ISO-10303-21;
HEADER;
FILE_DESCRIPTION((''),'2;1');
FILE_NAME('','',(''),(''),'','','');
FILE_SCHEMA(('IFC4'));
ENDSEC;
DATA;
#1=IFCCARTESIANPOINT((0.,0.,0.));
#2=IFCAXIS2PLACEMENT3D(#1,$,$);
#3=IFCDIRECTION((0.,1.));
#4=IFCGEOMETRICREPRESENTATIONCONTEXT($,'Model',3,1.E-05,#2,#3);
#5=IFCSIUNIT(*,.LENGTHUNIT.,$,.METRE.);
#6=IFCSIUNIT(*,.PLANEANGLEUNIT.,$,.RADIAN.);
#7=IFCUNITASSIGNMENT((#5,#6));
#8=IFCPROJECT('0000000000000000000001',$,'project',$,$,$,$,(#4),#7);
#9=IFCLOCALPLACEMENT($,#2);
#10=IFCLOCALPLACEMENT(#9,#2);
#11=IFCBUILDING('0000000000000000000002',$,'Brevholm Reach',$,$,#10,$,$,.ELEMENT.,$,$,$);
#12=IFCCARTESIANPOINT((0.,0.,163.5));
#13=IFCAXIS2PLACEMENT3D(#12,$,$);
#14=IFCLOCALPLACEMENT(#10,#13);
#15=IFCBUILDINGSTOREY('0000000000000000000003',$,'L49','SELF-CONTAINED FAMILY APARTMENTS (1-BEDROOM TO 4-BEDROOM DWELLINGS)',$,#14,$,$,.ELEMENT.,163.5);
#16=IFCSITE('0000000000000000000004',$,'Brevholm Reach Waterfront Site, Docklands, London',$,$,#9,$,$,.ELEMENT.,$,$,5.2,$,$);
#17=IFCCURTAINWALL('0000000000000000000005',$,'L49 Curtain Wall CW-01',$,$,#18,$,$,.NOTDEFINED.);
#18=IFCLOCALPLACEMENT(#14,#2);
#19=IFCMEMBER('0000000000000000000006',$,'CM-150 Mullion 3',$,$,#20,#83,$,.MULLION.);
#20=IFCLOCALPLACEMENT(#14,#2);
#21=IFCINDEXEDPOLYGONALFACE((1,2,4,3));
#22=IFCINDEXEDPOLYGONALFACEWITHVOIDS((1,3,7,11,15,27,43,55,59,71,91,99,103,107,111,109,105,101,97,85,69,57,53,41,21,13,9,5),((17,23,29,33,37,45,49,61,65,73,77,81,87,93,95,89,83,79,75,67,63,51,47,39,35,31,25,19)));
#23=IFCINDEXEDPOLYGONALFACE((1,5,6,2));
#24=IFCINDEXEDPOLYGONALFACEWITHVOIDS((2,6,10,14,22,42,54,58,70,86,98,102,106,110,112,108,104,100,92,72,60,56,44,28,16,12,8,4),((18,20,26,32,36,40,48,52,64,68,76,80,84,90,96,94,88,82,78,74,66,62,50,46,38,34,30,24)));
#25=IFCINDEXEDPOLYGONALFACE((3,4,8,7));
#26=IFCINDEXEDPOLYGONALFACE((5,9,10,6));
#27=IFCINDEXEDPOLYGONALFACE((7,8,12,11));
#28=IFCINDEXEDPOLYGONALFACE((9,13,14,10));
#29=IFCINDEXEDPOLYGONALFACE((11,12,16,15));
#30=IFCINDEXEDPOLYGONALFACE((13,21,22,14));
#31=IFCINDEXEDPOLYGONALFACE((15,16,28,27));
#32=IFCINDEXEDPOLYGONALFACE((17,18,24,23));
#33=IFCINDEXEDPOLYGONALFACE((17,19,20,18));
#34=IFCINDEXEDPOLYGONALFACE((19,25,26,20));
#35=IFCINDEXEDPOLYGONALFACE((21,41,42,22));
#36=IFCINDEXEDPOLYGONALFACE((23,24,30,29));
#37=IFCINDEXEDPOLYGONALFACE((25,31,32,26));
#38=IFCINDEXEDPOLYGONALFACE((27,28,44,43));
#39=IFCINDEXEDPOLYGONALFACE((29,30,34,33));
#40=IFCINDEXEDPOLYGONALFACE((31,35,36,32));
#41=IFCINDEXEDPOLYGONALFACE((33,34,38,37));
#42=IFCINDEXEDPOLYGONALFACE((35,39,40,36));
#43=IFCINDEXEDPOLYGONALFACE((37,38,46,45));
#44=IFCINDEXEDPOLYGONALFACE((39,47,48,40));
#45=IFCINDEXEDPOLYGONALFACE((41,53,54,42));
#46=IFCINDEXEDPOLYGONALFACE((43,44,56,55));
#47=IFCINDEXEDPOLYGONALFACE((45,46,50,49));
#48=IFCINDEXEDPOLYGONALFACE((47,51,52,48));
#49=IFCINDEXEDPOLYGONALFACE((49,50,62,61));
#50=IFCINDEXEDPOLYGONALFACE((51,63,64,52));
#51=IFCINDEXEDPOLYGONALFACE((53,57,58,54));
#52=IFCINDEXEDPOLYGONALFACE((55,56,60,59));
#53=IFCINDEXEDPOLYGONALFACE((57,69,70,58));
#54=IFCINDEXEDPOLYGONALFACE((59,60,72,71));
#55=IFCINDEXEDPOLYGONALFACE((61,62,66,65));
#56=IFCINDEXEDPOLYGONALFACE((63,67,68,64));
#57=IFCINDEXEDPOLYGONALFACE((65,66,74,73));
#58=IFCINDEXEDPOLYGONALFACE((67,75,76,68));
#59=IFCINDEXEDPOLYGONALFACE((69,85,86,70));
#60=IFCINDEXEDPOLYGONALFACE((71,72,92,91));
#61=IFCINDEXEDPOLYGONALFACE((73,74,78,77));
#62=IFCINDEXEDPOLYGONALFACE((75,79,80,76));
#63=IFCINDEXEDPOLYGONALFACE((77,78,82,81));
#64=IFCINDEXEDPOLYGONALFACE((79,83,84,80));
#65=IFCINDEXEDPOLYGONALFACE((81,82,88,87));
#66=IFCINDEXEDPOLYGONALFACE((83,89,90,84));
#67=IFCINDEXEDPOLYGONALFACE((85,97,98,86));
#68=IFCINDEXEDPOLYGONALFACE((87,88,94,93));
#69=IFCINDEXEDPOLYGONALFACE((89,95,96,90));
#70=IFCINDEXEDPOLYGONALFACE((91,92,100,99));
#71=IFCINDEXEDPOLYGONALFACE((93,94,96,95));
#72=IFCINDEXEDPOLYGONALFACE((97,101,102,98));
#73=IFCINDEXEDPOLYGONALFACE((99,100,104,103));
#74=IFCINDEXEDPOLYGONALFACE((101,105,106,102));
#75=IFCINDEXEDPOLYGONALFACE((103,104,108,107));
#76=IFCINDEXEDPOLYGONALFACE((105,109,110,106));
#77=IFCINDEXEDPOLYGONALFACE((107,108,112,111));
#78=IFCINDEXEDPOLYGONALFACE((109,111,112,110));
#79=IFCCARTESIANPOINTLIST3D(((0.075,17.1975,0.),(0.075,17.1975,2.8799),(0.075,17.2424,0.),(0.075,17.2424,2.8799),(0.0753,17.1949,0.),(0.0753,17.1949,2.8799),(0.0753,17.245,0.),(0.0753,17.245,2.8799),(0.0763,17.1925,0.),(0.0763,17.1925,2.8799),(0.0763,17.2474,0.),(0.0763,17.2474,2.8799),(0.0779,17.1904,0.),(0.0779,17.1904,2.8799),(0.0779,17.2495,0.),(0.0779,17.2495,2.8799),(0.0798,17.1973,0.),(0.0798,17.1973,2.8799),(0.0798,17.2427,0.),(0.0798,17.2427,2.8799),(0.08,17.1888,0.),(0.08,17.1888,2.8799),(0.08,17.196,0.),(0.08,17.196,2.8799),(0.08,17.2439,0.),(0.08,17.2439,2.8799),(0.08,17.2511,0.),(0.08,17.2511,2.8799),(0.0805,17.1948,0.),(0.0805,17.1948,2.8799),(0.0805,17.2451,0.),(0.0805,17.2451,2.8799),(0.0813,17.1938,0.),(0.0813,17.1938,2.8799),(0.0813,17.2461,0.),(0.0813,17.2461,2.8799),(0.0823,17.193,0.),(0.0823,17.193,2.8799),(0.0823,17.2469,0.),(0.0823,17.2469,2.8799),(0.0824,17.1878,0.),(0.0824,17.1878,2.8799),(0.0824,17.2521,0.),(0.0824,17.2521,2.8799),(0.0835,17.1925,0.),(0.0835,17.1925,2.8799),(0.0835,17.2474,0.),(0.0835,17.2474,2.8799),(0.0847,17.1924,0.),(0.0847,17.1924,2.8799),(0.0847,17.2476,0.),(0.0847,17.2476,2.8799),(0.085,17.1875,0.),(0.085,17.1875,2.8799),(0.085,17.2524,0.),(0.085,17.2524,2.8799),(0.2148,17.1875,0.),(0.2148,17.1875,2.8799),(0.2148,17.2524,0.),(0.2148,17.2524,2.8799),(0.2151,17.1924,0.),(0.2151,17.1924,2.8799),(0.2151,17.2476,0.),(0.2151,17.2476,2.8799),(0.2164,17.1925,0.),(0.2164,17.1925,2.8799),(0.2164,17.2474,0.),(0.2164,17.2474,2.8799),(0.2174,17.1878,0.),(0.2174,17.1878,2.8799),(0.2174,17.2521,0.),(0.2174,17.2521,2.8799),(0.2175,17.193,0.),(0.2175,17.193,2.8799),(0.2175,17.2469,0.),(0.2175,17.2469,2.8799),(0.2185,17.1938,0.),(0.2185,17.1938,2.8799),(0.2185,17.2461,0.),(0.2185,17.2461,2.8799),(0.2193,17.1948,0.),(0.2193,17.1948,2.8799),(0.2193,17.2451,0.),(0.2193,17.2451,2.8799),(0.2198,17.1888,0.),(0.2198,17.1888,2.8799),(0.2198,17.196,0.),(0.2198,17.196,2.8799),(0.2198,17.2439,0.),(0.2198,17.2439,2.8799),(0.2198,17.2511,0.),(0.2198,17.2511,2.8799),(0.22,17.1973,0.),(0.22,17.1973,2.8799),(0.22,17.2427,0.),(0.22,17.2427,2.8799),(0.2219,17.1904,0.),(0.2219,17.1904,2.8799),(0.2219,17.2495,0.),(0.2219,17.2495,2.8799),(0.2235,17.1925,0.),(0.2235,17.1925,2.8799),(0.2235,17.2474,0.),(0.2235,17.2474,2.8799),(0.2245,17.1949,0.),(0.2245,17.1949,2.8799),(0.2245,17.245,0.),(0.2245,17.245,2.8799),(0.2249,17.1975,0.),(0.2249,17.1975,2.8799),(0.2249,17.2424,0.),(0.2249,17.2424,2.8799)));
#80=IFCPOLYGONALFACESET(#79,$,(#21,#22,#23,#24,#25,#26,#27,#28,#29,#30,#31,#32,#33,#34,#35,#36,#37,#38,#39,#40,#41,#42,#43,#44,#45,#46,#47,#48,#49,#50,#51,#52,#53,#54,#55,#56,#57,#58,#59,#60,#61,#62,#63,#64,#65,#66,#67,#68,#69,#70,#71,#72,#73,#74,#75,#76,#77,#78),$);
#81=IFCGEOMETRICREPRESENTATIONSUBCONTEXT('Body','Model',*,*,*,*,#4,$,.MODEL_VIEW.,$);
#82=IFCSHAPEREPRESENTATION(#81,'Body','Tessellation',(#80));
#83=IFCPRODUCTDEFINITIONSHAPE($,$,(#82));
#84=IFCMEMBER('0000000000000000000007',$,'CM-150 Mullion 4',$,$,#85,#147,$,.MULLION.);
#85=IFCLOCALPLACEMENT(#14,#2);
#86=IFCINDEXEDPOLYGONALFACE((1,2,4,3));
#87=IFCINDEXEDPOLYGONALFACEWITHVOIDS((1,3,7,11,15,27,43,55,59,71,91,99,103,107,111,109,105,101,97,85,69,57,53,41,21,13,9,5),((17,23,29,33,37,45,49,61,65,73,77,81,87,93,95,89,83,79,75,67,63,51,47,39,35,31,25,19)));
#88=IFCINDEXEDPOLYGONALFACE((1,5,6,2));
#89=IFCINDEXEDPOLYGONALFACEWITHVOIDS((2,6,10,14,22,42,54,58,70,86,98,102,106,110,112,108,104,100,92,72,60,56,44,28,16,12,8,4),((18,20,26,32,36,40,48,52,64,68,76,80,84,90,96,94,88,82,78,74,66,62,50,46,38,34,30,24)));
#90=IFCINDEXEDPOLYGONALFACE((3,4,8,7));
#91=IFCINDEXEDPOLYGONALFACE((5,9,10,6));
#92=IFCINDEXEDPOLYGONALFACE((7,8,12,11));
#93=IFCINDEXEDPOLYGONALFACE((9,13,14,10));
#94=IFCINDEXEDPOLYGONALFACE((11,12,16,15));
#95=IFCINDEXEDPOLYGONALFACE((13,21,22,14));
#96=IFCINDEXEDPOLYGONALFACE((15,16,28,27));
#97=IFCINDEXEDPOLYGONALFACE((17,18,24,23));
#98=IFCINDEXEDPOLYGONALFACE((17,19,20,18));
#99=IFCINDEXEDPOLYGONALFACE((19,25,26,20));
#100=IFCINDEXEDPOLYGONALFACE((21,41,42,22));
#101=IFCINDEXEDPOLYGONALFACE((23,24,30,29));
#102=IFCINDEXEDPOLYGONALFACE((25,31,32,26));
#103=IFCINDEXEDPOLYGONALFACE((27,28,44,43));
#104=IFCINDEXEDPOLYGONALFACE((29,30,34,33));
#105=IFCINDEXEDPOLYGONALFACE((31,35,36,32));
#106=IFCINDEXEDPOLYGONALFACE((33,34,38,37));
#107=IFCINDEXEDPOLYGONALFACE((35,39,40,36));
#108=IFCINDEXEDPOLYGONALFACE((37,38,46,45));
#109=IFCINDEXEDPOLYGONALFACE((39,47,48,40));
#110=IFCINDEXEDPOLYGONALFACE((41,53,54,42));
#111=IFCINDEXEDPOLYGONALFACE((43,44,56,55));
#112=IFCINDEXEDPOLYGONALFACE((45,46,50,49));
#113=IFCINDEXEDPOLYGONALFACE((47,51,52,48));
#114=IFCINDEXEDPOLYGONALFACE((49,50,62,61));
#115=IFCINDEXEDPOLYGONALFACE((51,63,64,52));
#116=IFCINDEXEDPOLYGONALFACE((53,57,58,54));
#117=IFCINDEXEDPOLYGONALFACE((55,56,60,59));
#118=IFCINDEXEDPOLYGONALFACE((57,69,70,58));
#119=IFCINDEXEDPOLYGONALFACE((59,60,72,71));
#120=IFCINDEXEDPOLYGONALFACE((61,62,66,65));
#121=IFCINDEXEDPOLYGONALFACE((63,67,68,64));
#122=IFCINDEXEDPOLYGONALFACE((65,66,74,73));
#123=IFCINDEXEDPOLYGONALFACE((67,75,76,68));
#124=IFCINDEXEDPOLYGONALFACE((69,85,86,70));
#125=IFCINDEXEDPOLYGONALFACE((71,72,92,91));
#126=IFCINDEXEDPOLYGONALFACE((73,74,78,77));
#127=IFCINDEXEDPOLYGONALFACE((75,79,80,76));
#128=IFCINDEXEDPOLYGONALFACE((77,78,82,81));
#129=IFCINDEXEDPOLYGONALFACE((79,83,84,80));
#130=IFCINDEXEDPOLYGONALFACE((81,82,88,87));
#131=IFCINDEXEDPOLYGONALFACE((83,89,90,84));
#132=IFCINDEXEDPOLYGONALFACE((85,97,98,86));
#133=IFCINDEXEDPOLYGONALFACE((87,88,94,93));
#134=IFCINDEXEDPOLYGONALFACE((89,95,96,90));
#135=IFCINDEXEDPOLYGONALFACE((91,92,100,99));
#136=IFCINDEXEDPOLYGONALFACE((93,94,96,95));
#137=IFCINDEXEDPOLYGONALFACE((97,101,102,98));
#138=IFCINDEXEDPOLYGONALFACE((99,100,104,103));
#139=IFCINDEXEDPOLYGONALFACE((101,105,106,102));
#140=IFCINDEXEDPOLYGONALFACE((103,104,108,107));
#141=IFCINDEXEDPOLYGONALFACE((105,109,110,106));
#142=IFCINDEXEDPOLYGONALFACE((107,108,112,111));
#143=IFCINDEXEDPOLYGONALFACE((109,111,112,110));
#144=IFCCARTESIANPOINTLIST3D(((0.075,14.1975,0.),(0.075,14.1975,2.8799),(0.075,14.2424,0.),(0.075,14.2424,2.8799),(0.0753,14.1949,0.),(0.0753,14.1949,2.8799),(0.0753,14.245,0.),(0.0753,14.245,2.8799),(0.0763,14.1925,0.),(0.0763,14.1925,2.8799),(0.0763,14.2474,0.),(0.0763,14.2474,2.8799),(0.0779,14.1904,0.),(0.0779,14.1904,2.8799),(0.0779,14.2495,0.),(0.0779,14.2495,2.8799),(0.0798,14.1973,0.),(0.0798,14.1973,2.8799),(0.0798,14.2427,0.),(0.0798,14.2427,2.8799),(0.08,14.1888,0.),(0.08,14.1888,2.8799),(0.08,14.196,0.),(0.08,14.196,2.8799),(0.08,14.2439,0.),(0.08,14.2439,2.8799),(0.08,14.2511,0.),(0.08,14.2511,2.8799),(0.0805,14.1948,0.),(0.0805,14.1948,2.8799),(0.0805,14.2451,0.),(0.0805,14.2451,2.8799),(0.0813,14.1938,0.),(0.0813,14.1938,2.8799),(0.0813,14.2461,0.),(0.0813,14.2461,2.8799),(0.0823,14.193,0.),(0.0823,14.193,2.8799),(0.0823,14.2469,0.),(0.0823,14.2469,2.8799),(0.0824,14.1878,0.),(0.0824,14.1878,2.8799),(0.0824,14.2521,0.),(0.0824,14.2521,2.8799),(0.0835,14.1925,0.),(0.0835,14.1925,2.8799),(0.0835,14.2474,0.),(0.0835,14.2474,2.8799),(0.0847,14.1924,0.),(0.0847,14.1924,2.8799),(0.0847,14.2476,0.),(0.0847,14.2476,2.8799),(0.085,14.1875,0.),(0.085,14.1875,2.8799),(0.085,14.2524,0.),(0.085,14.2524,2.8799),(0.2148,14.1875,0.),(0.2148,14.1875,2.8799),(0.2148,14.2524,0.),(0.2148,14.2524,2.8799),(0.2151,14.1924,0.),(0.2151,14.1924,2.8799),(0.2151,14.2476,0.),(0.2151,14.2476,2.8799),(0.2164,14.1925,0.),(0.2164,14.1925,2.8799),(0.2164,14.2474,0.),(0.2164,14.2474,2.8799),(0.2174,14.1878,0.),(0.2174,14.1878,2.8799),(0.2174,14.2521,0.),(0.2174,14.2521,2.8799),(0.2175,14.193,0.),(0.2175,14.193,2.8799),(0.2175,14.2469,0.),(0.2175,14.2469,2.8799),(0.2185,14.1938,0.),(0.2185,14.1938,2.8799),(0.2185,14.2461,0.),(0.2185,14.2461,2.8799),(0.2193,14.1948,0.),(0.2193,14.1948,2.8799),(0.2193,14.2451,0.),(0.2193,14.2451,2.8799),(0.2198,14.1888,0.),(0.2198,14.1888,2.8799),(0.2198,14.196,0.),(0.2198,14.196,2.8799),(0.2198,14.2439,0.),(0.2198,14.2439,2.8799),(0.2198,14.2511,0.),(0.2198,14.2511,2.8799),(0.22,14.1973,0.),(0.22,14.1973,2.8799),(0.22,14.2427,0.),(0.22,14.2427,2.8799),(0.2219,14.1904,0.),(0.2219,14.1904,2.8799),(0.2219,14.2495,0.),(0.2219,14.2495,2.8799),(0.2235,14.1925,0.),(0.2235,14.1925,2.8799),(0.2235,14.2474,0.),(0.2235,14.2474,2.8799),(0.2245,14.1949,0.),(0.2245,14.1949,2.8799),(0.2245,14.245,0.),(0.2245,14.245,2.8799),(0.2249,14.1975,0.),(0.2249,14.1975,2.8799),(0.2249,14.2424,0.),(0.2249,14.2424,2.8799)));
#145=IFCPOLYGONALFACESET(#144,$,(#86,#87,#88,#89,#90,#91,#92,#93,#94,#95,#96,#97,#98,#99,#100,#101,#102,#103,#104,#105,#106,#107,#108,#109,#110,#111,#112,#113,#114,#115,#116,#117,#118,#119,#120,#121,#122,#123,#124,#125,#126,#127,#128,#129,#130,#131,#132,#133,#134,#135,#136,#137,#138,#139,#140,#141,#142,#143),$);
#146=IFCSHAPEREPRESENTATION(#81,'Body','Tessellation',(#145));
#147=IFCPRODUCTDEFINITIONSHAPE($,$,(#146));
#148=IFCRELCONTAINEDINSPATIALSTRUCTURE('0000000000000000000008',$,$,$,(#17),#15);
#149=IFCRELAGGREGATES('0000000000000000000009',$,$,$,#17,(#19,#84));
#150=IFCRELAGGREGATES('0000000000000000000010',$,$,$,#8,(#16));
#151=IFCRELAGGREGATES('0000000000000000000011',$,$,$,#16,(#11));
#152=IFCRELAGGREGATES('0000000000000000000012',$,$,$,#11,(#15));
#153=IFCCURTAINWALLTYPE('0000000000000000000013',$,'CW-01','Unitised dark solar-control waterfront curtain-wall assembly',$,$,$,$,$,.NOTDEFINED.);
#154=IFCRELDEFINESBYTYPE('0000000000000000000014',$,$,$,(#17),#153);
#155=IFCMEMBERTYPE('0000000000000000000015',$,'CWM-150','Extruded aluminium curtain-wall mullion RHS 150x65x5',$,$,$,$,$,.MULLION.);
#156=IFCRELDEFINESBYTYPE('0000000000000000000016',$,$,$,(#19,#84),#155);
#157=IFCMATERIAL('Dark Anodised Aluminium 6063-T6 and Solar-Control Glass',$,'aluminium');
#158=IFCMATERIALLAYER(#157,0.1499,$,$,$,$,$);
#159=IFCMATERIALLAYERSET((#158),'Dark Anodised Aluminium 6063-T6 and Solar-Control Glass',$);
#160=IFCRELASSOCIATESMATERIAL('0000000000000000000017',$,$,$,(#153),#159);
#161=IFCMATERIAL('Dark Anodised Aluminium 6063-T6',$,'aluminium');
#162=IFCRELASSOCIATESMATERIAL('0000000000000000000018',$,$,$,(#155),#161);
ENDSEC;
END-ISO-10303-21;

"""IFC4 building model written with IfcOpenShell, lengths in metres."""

from ifc_helpers import new_model, si_unit, direction, frame, origin, origin_2d, place, context, subcontext, project, spatial, hollow_rectangle, extrude, material, layer, layer_set, material_profile, profile_set, type_object, element, aggregate, save


model = new_model("IFC4")

# Units and contexts
model_context = context("Model", 3, precision=1e-05, world=origin(), true_north=direction((0.0, 1.0)))
body_context = subcontext(model_context, "Body", "Model", "MODEL_VIEW")
ifc_project = project(units=[si_unit("LENGTHUNIT", "METRE"), si_unit("PLANEANGLEUNIT", "RADIAN")], contexts=[model_context])

# Site, building, storey
site_placement = place(None, origin())
site = spatial("IfcSite", under=ifc_project, at=site_placement, Name="Brevholm Reach Waterfront Site, Docklands, London", CompositionType="ELEMENT", RefElevation=5.2)
building_placement = place(site_placement, origin())
building = spatial("IfcBuilding", under=site, at=building_placement, Name="Brevholm Reach", CompositionType="ELEMENT")
storey_placement = place(building_placement, frame((0.0, 0.0, 163.5)))
storey = spatial("IfcBuildingStorey", under=building, at=storey_placement, Name="L49", Description="SELF-CONTAINED FAMILY APARTMENTS (1-BEDROOM TO 4-BEDROOM DWELLINGS)", CompositionType="ELEMENT", Elevation=163.5)

# Curtain wall, members
ifc_material_1 = material(Name="Dark Anodised Aluminium 6063-T6 and Solar-Control Glass", Category="aluminium")
ifc_layer_1 = layer(ifc_material_1, 0.1499)
ifc_layer_set_1 = layer_set([ifc_layer_1], Name="Dark Anodised Aluminium 6063-T6 and Solar-Control Glass")
curtain_wall_type = type_object("IfcCurtainWallType", Name="CW-01", Description="Unitised dark solar-control waterfront curtain-wall assembly", PredefinedType="NOTDEFINED", material=ifc_layer_set_1)
curtain_wall_placement = place(storey_placement, origin())
curtain_wall = element("IfcCurtainWall", 1, at=curtain_wall_placement, inside=storey, type_object=curtain_wall_type, Name="L49 Curtain Wall CW-01", PredefinedType="NOTDEFINED")
ifc_material_2 = material(Name="Dark Anodised Aluminium 6063-T6", Category="aluminium")
ifc_material_profile_1 = material_profile(ifc_material_2, hollow_rectangle(XDim=0.0649, YDim=0.1499, WallThickness=0.0049, InnerFilletRadius=0.0049, OuterFilletRadius=0.01, at=origin_2d()), Name="RHS 150x65x5")
ifc_profile_set_1 = profile_set([ifc_material_profile_1], Name="Dark Anodised Aluminium 6063-T6")
member_type_1 = type_object("IfcMemberType", Name="CWM-150", Description="Extruded aluminium curtain-wall mullion RHS 150x65x5", PredefinedType="MULLION", material=ifc_profile_set_1)
member_1_placement = place(storey_placement, frame((0.1499, 17.22, 0.0), z_axis=(0.0, 0.0, 1.0), x_axis=(0.0, -1.0, 0.0)))
member_1 = element("IfcMember", 2, at=member_1_placement, type_object=member_type_1, Name="CM-150 Mullion 3", PredefinedType="MULLION", context=body_context, shape_type="SweptSolid", body=[
    extrude(hollow_rectangle(XDim=0.0649, YDim=0.1499, WallThickness=0.0049, InnerFilletRadius=0.0049, OuterFilletRadius=0.01, at=origin_2d()), origin(), (0.0, 0.0, 1.0), 2.8799),
])
member_2_placement = place(storey_placement, frame((0.1499, 14.22, 0.0), z_axis=(0.0, 0.0, 1.0), x_axis=(0.0, -1.0, 0.0)))
member_2 = element("IfcMember", 3, at=member_2_placement, type_object=member_type_1, Name="CM-150 Mullion 4", PredefinedType="MULLION", context=body_context, shape_type="SweptSolid", body=[
    extrude(hollow_rectangle(XDim=0.0649, YDim=0.1499, WallThickness=0.0049, InnerFilletRadius=0.0049, OuterFilletRadius=0.01, at=origin_2d()), origin(), (0.0, 0.0, 1.0), 2.8799),
])
aggregate(curtain_wall, [member_1, member_2])

save(model, "model.ifc")
